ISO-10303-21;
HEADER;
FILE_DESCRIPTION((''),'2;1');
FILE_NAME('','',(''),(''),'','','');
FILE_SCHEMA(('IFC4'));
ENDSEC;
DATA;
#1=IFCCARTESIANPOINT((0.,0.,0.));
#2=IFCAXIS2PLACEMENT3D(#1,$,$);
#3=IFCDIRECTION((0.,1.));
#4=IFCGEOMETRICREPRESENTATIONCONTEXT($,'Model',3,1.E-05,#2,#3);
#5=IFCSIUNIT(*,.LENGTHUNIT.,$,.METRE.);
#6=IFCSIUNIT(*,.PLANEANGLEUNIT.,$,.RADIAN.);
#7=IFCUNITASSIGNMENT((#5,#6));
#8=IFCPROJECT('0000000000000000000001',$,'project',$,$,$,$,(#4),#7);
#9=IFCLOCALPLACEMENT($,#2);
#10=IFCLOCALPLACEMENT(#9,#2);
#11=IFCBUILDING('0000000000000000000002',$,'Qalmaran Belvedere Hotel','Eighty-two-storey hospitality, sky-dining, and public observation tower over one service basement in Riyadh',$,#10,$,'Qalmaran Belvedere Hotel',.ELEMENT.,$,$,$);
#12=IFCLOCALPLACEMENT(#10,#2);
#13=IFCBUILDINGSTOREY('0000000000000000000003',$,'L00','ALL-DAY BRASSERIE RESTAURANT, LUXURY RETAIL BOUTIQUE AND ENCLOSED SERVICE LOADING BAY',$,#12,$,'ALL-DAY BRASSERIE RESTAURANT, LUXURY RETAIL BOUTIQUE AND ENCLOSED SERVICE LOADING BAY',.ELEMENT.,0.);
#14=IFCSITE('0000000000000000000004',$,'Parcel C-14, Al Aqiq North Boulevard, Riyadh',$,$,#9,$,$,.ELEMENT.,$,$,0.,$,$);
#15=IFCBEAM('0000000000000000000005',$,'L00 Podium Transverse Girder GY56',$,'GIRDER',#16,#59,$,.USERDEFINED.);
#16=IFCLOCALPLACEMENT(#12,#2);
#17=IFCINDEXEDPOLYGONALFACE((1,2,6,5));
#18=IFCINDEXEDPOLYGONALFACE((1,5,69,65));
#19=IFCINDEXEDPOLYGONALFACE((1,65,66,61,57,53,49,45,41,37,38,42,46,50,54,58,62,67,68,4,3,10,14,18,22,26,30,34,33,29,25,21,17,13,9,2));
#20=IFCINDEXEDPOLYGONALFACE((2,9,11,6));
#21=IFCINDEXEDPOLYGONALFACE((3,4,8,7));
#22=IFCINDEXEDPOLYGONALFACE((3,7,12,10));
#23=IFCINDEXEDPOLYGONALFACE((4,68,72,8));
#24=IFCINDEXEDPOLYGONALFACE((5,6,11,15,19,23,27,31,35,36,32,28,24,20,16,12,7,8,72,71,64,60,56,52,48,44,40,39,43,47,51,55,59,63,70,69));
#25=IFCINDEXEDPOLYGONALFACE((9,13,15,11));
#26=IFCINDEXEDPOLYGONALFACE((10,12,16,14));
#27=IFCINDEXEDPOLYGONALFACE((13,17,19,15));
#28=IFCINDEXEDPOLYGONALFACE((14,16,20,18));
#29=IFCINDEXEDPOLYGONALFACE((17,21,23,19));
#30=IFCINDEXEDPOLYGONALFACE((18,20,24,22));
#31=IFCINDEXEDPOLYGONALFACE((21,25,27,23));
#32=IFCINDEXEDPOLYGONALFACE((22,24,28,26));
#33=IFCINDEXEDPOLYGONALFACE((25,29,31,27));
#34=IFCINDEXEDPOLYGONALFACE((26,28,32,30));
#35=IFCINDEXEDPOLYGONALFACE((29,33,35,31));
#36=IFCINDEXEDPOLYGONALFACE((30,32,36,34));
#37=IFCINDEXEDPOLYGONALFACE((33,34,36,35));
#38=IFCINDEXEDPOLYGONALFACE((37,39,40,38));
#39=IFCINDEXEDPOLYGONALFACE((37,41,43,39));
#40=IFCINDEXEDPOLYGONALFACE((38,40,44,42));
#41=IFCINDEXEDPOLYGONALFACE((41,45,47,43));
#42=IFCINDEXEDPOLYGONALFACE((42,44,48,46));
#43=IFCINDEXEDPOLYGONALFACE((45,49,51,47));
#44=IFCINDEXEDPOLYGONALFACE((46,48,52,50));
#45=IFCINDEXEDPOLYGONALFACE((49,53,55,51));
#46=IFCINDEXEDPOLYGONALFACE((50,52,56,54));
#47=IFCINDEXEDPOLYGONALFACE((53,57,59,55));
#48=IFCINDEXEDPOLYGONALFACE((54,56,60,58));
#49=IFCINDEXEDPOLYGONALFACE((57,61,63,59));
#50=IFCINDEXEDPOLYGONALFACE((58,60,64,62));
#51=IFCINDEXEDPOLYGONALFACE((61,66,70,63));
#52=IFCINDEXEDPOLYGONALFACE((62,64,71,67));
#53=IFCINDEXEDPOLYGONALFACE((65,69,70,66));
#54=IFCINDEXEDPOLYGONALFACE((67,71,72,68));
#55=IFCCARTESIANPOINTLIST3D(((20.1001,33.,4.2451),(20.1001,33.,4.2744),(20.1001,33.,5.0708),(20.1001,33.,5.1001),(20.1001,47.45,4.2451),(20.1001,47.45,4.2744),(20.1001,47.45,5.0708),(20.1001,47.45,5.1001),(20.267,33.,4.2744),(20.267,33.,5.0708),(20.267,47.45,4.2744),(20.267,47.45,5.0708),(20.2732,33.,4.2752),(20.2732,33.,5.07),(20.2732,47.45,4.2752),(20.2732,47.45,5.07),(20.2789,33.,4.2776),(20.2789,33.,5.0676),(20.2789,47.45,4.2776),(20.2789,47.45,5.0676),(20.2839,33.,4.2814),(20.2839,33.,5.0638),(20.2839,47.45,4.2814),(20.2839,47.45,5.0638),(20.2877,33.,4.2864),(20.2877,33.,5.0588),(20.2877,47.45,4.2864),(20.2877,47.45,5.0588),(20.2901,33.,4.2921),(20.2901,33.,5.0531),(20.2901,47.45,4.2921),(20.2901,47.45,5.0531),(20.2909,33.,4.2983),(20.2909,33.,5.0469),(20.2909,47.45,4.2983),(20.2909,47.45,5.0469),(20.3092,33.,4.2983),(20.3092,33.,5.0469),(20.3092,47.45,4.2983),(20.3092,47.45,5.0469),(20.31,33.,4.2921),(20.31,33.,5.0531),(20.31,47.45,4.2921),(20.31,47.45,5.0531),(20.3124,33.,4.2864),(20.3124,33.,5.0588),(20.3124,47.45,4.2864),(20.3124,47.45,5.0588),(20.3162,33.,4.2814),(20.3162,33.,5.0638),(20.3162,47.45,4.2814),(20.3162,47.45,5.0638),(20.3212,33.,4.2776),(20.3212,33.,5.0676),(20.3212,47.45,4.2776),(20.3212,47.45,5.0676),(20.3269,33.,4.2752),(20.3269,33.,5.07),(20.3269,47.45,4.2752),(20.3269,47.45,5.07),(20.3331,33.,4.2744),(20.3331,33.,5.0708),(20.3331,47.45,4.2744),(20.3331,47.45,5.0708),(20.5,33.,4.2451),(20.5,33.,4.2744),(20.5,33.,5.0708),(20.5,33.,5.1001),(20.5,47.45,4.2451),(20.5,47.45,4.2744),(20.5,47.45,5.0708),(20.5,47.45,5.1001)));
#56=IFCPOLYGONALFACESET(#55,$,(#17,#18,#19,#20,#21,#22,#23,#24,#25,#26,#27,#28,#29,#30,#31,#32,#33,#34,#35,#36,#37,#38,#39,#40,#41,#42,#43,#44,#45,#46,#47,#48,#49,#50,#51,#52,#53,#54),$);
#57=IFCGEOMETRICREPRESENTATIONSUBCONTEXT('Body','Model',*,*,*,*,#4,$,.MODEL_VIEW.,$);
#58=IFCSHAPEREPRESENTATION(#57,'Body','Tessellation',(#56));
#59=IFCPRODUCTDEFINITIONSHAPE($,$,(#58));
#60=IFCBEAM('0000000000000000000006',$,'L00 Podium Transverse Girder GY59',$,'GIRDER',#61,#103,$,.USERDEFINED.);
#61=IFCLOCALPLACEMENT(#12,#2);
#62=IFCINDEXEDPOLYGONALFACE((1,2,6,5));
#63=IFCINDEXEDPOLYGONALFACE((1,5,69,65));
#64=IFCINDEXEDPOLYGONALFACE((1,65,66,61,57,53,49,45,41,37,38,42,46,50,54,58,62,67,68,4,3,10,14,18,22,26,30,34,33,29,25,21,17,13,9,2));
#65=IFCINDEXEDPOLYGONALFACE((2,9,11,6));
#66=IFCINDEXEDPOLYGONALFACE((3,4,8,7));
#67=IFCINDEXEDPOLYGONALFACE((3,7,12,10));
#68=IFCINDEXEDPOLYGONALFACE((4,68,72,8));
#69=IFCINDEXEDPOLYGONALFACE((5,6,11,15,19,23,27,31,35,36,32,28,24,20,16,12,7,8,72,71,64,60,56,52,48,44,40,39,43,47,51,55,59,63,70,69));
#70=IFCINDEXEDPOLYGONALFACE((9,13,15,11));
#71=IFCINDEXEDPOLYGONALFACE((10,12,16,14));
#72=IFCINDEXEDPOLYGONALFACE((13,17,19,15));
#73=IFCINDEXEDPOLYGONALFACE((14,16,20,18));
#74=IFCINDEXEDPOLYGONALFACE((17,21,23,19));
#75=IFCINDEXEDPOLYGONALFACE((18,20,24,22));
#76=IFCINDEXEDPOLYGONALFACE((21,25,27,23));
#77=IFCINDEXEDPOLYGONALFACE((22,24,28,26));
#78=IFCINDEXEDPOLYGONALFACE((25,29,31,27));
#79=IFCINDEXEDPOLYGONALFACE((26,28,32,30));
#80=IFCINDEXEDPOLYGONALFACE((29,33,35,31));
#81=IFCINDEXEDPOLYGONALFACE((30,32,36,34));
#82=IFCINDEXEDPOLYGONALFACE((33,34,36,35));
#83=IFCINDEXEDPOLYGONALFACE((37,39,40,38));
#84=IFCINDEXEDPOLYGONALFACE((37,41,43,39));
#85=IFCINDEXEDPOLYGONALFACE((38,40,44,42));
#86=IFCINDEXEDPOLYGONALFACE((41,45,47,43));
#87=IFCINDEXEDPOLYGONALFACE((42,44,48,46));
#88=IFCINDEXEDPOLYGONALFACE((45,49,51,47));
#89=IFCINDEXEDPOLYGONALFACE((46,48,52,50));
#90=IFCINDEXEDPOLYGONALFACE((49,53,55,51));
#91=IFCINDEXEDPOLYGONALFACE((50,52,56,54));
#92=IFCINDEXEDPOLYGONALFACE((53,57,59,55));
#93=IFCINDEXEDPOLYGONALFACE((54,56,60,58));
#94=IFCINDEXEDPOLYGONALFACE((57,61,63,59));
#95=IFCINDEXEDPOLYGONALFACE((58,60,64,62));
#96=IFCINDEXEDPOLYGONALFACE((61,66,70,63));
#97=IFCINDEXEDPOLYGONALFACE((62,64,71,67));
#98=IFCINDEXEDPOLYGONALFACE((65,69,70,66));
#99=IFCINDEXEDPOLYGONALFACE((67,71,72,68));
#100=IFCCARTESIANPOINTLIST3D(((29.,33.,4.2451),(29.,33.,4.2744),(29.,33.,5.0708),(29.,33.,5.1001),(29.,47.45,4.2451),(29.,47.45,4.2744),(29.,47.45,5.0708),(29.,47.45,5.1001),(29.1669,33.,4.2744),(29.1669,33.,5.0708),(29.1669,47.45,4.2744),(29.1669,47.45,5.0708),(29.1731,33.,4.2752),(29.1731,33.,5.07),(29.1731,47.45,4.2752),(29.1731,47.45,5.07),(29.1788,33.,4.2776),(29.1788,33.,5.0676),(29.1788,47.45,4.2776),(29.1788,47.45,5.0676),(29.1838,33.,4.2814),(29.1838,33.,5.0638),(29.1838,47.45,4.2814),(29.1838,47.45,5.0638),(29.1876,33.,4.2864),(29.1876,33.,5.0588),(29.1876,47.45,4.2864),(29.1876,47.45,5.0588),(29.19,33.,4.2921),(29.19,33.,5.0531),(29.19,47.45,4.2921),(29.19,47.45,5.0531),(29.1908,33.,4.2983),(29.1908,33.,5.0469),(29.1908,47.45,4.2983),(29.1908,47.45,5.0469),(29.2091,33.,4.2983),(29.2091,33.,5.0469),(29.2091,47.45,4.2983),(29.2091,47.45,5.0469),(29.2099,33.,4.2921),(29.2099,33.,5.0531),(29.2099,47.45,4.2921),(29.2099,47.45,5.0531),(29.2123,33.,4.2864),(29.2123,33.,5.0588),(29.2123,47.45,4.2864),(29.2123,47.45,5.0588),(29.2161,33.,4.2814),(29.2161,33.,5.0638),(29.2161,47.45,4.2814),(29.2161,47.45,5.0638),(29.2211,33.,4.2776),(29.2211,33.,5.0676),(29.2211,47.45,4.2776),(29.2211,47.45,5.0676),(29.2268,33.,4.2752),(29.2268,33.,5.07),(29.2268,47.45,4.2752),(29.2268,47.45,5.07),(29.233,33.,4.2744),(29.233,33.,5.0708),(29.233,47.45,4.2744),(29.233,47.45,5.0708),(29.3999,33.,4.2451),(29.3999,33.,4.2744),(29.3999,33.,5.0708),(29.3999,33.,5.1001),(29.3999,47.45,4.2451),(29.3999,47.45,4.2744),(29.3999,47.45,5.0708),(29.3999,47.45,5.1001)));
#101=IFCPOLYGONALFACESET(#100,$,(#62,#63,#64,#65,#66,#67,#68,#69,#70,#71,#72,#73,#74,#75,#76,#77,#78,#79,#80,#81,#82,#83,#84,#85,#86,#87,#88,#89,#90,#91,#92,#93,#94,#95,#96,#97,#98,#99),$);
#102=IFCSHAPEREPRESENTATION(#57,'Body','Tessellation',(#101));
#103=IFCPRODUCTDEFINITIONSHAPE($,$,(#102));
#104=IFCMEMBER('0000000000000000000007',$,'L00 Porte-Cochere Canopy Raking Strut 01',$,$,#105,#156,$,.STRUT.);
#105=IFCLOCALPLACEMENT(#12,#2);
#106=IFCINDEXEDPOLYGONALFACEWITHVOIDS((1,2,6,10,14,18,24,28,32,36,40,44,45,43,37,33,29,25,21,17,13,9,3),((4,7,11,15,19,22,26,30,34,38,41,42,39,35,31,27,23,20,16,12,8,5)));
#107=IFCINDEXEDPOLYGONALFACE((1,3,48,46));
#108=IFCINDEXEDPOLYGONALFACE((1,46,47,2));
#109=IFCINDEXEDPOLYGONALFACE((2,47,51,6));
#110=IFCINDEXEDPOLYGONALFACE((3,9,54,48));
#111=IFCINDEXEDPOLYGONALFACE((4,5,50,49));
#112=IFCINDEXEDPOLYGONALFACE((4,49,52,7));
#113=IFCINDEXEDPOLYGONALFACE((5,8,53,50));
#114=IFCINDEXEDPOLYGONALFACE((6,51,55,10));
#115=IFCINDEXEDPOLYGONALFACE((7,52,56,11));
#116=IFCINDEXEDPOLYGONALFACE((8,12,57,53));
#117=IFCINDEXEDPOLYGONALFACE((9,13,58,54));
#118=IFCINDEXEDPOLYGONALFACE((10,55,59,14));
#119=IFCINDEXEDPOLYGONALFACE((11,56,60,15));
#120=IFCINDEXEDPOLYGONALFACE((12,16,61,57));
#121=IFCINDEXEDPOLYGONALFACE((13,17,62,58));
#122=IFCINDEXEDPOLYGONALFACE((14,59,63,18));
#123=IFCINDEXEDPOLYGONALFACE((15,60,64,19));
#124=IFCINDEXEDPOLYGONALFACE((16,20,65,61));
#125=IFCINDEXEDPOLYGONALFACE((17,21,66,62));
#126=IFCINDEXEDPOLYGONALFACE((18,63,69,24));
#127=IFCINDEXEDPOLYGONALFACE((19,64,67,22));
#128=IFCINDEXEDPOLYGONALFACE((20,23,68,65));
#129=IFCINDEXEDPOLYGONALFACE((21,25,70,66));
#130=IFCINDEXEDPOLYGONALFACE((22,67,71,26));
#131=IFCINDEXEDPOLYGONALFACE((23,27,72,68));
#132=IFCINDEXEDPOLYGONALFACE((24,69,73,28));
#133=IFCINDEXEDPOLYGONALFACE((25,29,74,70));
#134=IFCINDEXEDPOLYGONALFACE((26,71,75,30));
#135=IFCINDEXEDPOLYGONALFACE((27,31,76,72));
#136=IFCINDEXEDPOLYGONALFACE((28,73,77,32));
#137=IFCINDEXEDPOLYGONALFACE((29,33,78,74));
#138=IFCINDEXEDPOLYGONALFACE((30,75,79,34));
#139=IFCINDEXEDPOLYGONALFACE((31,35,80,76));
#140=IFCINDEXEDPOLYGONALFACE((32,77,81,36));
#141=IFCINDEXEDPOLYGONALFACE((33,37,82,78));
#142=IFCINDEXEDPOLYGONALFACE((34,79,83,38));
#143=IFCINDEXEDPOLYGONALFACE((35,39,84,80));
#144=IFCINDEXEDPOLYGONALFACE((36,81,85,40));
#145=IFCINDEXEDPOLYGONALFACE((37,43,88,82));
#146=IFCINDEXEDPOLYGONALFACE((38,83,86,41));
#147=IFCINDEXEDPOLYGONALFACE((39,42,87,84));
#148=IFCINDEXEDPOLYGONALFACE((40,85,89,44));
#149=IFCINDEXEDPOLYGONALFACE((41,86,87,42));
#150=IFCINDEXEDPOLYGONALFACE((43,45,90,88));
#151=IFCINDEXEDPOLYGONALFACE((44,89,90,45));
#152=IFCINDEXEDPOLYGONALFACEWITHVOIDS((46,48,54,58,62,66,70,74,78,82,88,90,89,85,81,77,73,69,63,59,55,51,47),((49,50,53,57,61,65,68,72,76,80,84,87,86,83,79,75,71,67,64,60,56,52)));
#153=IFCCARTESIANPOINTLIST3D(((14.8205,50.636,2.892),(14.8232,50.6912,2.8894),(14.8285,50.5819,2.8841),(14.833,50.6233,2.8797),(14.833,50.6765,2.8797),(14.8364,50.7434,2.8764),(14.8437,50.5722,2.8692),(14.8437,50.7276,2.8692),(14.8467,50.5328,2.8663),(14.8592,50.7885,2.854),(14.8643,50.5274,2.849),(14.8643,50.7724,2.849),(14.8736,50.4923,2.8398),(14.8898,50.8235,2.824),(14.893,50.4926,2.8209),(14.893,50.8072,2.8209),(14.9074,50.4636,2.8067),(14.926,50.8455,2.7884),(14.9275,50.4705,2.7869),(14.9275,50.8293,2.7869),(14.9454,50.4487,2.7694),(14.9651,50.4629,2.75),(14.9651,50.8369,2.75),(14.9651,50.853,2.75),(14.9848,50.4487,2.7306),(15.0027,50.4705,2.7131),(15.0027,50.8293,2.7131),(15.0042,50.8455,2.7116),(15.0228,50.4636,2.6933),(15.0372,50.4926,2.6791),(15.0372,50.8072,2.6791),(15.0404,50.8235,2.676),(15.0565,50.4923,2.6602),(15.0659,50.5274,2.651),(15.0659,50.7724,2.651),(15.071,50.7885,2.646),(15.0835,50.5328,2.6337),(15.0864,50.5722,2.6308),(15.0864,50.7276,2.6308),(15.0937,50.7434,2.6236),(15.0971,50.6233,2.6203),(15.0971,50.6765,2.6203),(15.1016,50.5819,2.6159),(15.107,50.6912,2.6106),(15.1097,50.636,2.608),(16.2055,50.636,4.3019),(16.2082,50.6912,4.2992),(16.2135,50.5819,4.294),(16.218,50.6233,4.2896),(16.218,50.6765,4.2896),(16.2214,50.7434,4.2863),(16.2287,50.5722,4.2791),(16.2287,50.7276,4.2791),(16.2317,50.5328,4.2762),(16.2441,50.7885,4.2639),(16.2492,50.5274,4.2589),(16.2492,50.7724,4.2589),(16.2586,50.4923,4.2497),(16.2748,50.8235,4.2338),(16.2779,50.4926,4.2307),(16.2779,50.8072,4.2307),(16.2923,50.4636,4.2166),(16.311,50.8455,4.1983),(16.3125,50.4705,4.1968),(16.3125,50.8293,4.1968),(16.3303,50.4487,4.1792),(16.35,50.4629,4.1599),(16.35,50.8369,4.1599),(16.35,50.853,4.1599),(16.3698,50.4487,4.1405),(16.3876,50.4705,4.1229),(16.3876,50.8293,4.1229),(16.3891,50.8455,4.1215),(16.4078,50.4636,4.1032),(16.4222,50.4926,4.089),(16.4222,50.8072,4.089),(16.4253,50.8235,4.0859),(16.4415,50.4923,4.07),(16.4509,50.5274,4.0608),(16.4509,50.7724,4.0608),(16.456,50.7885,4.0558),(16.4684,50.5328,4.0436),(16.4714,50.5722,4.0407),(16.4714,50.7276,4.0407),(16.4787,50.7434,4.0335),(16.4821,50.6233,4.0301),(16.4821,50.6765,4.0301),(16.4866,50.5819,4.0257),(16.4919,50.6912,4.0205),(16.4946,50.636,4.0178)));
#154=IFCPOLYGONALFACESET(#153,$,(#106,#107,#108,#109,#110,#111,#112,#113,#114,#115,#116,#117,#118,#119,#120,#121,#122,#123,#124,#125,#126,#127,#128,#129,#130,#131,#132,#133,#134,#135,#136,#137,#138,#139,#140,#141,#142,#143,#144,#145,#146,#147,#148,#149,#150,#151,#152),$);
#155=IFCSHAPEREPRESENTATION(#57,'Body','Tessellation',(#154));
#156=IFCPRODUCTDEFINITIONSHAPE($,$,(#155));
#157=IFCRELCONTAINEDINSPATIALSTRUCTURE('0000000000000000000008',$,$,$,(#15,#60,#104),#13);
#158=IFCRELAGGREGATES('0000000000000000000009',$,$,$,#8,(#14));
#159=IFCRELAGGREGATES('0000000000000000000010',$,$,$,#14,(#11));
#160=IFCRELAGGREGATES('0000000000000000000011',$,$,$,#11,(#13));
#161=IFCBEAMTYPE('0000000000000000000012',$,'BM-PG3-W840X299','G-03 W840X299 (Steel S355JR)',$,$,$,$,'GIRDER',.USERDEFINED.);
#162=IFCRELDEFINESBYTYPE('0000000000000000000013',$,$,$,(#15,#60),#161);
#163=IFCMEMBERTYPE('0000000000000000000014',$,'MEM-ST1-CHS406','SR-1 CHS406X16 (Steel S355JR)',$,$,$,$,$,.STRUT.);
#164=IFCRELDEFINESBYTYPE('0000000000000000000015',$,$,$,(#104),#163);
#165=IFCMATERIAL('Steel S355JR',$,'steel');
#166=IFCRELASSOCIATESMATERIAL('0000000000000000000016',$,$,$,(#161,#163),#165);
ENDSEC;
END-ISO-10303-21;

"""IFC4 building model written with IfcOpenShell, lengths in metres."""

from ifc_helpers import new_model, si_unit, direction, frame, origin, origin_2d, place, context, subcontext, project, spatial, hollow_circle, i_section, extrude, material, material_profile, profile_set, type_object, element, save


model = new_model("IFC4")

# Units and contexts
model_context = context("Model", 3, precision=1e-05, world=origin(), true_north=direction((0.0, 1.0)))
body_context = subcontext(model_context, "Body", "Model", "MODEL_VIEW")
ifc_project = project(units=[si_unit("LENGTHUNIT", "METRE"), si_unit("PLANEANGLEUNIT", "RADIAN")], contexts=[model_context])

# Site, building, storey
site_placement = place(None, origin())
site = spatial("IfcSite", under=ifc_project, at=site_placement, Name="Parcel C-14, Al Aqiq North Boulevard, Riyadh", CompositionType="ELEMENT", RefElevation=0.0)
building_placement = place(site_placement, origin())
building = spatial("IfcBuilding", under=site, at=building_placement, Name="Qalmaran Belvedere Hotel", Description="Eighty-two-storey hospitality, sky-dining, and public observation tower over one service basement in Riyadh", LongName="Qalmaran Belvedere Hotel", CompositionType="ELEMENT")
storey_placement = place(building_placement, origin())
storey = spatial("IfcBuildingStorey", under=building, at=storey_placement, Name="L00", Description="ALL-DAY BRASSERIE RESTAURANT, LUXURY RETAIL BOUTIQUE AND ENCLOSED SERVICE LOADING BAY", LongName="ALL-DAY BRASSERIE RESTAURANT, LUXURY RETAIL BOUTIQUE AND ENCLOSED SERVICE LOADING BAY", CompositionType="ELEMENT", Elevation=0.0)

# Beams
ifc_material_1 = material(Name="Steel S355JR", Category="steel")
ifc_material_profile_1 = material_profile(ifc_material_1, i_section(OverallWidth=0.3999, OverallDepth=0.855, WebThickness=0.0183, FlangeThickness=0.0293, FilletRadius=0.0239, at=origin_2d()), Name="W840X299")
ifc_profile_set_1 = profile_set([ifc_material_profile_1], Name="Steel S355JR")
beam_type_1 = type_object("IfcBeamType", Name="BM-PG3-W840X299", Description="G-03 W840X299 (Steel S355JR)", ElementType="GIRDER", PredefinedType="USERDEFINED", material=ifc_profile_set_1)
for number, where, z_axis, x_axis, name in (
    (1, (20.3, 33.0, 4.6726), (0.0, 1.0, 0.0), (-1.0, 0.0, 0.0), "L00 Podium Transverse Girder GY56"),
    (2, (29.2, 33.0, 4.6726), (0.0, 1.0, 0.0), (-1.0, 0.0, 0.0), "L00 Podium Transverse Girder GY59"),
):
    element("IfcBeam", number, at=place(storey_placement, frame(where, z_axis=z_axis, x_axis=x_axis)), inside=storey, type_object=beam_type_1, Name=name, ObjectType="GIRDER", PredefinedType="USERDEFINED", context=body_context, shape_type="SweptSolid", body=[
        extrude(i_section(OverallWidth=0.3999, OverallDepth=0.855, WebThickness=0.0183, FlangeThickness=0.0293, FilletRadius=0.0239, at=origin_2d()), origin(), (0.0, 0.0, 1.0), 14.45),
    ])

# Member
ifc_material_profile_2 = material_profile(ifc_material_1, hollow_circle(Radius=0.2031, WallThickness=0.0161, at=origin_2d()), Name="CHS406X16")
ifc_profile_set_2 = profile_set([ifc_material_profile_2], Name="Steel S355JR")
member_type_1 = type_object("IfcMemberType", Name="MEM-ST1-CHS406", Description="SR-1 CHS406X16 (Steel S355JR)", PredefinedType="STRUT", material=ifc_profile_set_2)
member_1_placement = place(storey_placement, frame((14.9651, 50.6499, 2.75), z_axis=(0.700779, 0.0, 0.713379), x_axis=(0.0, 1.0, 0.0)))
element("IfcMember", 3, at=member_1_placement, inside=storey, type_object=member_type_1, Name="L00 Porte-Cochere Canopy Raking Strut 01", PredefinedType="STRUT", context=body_context, shape_type="SweptSolid", body=[
    extrude(hollow_circle(Radius=0.2031, WallThickness=0.0161, at=origin_2d()), origin(), (0.0, 0.0, 1.0), 1.9763),
])

save(model, "model.ifc")
